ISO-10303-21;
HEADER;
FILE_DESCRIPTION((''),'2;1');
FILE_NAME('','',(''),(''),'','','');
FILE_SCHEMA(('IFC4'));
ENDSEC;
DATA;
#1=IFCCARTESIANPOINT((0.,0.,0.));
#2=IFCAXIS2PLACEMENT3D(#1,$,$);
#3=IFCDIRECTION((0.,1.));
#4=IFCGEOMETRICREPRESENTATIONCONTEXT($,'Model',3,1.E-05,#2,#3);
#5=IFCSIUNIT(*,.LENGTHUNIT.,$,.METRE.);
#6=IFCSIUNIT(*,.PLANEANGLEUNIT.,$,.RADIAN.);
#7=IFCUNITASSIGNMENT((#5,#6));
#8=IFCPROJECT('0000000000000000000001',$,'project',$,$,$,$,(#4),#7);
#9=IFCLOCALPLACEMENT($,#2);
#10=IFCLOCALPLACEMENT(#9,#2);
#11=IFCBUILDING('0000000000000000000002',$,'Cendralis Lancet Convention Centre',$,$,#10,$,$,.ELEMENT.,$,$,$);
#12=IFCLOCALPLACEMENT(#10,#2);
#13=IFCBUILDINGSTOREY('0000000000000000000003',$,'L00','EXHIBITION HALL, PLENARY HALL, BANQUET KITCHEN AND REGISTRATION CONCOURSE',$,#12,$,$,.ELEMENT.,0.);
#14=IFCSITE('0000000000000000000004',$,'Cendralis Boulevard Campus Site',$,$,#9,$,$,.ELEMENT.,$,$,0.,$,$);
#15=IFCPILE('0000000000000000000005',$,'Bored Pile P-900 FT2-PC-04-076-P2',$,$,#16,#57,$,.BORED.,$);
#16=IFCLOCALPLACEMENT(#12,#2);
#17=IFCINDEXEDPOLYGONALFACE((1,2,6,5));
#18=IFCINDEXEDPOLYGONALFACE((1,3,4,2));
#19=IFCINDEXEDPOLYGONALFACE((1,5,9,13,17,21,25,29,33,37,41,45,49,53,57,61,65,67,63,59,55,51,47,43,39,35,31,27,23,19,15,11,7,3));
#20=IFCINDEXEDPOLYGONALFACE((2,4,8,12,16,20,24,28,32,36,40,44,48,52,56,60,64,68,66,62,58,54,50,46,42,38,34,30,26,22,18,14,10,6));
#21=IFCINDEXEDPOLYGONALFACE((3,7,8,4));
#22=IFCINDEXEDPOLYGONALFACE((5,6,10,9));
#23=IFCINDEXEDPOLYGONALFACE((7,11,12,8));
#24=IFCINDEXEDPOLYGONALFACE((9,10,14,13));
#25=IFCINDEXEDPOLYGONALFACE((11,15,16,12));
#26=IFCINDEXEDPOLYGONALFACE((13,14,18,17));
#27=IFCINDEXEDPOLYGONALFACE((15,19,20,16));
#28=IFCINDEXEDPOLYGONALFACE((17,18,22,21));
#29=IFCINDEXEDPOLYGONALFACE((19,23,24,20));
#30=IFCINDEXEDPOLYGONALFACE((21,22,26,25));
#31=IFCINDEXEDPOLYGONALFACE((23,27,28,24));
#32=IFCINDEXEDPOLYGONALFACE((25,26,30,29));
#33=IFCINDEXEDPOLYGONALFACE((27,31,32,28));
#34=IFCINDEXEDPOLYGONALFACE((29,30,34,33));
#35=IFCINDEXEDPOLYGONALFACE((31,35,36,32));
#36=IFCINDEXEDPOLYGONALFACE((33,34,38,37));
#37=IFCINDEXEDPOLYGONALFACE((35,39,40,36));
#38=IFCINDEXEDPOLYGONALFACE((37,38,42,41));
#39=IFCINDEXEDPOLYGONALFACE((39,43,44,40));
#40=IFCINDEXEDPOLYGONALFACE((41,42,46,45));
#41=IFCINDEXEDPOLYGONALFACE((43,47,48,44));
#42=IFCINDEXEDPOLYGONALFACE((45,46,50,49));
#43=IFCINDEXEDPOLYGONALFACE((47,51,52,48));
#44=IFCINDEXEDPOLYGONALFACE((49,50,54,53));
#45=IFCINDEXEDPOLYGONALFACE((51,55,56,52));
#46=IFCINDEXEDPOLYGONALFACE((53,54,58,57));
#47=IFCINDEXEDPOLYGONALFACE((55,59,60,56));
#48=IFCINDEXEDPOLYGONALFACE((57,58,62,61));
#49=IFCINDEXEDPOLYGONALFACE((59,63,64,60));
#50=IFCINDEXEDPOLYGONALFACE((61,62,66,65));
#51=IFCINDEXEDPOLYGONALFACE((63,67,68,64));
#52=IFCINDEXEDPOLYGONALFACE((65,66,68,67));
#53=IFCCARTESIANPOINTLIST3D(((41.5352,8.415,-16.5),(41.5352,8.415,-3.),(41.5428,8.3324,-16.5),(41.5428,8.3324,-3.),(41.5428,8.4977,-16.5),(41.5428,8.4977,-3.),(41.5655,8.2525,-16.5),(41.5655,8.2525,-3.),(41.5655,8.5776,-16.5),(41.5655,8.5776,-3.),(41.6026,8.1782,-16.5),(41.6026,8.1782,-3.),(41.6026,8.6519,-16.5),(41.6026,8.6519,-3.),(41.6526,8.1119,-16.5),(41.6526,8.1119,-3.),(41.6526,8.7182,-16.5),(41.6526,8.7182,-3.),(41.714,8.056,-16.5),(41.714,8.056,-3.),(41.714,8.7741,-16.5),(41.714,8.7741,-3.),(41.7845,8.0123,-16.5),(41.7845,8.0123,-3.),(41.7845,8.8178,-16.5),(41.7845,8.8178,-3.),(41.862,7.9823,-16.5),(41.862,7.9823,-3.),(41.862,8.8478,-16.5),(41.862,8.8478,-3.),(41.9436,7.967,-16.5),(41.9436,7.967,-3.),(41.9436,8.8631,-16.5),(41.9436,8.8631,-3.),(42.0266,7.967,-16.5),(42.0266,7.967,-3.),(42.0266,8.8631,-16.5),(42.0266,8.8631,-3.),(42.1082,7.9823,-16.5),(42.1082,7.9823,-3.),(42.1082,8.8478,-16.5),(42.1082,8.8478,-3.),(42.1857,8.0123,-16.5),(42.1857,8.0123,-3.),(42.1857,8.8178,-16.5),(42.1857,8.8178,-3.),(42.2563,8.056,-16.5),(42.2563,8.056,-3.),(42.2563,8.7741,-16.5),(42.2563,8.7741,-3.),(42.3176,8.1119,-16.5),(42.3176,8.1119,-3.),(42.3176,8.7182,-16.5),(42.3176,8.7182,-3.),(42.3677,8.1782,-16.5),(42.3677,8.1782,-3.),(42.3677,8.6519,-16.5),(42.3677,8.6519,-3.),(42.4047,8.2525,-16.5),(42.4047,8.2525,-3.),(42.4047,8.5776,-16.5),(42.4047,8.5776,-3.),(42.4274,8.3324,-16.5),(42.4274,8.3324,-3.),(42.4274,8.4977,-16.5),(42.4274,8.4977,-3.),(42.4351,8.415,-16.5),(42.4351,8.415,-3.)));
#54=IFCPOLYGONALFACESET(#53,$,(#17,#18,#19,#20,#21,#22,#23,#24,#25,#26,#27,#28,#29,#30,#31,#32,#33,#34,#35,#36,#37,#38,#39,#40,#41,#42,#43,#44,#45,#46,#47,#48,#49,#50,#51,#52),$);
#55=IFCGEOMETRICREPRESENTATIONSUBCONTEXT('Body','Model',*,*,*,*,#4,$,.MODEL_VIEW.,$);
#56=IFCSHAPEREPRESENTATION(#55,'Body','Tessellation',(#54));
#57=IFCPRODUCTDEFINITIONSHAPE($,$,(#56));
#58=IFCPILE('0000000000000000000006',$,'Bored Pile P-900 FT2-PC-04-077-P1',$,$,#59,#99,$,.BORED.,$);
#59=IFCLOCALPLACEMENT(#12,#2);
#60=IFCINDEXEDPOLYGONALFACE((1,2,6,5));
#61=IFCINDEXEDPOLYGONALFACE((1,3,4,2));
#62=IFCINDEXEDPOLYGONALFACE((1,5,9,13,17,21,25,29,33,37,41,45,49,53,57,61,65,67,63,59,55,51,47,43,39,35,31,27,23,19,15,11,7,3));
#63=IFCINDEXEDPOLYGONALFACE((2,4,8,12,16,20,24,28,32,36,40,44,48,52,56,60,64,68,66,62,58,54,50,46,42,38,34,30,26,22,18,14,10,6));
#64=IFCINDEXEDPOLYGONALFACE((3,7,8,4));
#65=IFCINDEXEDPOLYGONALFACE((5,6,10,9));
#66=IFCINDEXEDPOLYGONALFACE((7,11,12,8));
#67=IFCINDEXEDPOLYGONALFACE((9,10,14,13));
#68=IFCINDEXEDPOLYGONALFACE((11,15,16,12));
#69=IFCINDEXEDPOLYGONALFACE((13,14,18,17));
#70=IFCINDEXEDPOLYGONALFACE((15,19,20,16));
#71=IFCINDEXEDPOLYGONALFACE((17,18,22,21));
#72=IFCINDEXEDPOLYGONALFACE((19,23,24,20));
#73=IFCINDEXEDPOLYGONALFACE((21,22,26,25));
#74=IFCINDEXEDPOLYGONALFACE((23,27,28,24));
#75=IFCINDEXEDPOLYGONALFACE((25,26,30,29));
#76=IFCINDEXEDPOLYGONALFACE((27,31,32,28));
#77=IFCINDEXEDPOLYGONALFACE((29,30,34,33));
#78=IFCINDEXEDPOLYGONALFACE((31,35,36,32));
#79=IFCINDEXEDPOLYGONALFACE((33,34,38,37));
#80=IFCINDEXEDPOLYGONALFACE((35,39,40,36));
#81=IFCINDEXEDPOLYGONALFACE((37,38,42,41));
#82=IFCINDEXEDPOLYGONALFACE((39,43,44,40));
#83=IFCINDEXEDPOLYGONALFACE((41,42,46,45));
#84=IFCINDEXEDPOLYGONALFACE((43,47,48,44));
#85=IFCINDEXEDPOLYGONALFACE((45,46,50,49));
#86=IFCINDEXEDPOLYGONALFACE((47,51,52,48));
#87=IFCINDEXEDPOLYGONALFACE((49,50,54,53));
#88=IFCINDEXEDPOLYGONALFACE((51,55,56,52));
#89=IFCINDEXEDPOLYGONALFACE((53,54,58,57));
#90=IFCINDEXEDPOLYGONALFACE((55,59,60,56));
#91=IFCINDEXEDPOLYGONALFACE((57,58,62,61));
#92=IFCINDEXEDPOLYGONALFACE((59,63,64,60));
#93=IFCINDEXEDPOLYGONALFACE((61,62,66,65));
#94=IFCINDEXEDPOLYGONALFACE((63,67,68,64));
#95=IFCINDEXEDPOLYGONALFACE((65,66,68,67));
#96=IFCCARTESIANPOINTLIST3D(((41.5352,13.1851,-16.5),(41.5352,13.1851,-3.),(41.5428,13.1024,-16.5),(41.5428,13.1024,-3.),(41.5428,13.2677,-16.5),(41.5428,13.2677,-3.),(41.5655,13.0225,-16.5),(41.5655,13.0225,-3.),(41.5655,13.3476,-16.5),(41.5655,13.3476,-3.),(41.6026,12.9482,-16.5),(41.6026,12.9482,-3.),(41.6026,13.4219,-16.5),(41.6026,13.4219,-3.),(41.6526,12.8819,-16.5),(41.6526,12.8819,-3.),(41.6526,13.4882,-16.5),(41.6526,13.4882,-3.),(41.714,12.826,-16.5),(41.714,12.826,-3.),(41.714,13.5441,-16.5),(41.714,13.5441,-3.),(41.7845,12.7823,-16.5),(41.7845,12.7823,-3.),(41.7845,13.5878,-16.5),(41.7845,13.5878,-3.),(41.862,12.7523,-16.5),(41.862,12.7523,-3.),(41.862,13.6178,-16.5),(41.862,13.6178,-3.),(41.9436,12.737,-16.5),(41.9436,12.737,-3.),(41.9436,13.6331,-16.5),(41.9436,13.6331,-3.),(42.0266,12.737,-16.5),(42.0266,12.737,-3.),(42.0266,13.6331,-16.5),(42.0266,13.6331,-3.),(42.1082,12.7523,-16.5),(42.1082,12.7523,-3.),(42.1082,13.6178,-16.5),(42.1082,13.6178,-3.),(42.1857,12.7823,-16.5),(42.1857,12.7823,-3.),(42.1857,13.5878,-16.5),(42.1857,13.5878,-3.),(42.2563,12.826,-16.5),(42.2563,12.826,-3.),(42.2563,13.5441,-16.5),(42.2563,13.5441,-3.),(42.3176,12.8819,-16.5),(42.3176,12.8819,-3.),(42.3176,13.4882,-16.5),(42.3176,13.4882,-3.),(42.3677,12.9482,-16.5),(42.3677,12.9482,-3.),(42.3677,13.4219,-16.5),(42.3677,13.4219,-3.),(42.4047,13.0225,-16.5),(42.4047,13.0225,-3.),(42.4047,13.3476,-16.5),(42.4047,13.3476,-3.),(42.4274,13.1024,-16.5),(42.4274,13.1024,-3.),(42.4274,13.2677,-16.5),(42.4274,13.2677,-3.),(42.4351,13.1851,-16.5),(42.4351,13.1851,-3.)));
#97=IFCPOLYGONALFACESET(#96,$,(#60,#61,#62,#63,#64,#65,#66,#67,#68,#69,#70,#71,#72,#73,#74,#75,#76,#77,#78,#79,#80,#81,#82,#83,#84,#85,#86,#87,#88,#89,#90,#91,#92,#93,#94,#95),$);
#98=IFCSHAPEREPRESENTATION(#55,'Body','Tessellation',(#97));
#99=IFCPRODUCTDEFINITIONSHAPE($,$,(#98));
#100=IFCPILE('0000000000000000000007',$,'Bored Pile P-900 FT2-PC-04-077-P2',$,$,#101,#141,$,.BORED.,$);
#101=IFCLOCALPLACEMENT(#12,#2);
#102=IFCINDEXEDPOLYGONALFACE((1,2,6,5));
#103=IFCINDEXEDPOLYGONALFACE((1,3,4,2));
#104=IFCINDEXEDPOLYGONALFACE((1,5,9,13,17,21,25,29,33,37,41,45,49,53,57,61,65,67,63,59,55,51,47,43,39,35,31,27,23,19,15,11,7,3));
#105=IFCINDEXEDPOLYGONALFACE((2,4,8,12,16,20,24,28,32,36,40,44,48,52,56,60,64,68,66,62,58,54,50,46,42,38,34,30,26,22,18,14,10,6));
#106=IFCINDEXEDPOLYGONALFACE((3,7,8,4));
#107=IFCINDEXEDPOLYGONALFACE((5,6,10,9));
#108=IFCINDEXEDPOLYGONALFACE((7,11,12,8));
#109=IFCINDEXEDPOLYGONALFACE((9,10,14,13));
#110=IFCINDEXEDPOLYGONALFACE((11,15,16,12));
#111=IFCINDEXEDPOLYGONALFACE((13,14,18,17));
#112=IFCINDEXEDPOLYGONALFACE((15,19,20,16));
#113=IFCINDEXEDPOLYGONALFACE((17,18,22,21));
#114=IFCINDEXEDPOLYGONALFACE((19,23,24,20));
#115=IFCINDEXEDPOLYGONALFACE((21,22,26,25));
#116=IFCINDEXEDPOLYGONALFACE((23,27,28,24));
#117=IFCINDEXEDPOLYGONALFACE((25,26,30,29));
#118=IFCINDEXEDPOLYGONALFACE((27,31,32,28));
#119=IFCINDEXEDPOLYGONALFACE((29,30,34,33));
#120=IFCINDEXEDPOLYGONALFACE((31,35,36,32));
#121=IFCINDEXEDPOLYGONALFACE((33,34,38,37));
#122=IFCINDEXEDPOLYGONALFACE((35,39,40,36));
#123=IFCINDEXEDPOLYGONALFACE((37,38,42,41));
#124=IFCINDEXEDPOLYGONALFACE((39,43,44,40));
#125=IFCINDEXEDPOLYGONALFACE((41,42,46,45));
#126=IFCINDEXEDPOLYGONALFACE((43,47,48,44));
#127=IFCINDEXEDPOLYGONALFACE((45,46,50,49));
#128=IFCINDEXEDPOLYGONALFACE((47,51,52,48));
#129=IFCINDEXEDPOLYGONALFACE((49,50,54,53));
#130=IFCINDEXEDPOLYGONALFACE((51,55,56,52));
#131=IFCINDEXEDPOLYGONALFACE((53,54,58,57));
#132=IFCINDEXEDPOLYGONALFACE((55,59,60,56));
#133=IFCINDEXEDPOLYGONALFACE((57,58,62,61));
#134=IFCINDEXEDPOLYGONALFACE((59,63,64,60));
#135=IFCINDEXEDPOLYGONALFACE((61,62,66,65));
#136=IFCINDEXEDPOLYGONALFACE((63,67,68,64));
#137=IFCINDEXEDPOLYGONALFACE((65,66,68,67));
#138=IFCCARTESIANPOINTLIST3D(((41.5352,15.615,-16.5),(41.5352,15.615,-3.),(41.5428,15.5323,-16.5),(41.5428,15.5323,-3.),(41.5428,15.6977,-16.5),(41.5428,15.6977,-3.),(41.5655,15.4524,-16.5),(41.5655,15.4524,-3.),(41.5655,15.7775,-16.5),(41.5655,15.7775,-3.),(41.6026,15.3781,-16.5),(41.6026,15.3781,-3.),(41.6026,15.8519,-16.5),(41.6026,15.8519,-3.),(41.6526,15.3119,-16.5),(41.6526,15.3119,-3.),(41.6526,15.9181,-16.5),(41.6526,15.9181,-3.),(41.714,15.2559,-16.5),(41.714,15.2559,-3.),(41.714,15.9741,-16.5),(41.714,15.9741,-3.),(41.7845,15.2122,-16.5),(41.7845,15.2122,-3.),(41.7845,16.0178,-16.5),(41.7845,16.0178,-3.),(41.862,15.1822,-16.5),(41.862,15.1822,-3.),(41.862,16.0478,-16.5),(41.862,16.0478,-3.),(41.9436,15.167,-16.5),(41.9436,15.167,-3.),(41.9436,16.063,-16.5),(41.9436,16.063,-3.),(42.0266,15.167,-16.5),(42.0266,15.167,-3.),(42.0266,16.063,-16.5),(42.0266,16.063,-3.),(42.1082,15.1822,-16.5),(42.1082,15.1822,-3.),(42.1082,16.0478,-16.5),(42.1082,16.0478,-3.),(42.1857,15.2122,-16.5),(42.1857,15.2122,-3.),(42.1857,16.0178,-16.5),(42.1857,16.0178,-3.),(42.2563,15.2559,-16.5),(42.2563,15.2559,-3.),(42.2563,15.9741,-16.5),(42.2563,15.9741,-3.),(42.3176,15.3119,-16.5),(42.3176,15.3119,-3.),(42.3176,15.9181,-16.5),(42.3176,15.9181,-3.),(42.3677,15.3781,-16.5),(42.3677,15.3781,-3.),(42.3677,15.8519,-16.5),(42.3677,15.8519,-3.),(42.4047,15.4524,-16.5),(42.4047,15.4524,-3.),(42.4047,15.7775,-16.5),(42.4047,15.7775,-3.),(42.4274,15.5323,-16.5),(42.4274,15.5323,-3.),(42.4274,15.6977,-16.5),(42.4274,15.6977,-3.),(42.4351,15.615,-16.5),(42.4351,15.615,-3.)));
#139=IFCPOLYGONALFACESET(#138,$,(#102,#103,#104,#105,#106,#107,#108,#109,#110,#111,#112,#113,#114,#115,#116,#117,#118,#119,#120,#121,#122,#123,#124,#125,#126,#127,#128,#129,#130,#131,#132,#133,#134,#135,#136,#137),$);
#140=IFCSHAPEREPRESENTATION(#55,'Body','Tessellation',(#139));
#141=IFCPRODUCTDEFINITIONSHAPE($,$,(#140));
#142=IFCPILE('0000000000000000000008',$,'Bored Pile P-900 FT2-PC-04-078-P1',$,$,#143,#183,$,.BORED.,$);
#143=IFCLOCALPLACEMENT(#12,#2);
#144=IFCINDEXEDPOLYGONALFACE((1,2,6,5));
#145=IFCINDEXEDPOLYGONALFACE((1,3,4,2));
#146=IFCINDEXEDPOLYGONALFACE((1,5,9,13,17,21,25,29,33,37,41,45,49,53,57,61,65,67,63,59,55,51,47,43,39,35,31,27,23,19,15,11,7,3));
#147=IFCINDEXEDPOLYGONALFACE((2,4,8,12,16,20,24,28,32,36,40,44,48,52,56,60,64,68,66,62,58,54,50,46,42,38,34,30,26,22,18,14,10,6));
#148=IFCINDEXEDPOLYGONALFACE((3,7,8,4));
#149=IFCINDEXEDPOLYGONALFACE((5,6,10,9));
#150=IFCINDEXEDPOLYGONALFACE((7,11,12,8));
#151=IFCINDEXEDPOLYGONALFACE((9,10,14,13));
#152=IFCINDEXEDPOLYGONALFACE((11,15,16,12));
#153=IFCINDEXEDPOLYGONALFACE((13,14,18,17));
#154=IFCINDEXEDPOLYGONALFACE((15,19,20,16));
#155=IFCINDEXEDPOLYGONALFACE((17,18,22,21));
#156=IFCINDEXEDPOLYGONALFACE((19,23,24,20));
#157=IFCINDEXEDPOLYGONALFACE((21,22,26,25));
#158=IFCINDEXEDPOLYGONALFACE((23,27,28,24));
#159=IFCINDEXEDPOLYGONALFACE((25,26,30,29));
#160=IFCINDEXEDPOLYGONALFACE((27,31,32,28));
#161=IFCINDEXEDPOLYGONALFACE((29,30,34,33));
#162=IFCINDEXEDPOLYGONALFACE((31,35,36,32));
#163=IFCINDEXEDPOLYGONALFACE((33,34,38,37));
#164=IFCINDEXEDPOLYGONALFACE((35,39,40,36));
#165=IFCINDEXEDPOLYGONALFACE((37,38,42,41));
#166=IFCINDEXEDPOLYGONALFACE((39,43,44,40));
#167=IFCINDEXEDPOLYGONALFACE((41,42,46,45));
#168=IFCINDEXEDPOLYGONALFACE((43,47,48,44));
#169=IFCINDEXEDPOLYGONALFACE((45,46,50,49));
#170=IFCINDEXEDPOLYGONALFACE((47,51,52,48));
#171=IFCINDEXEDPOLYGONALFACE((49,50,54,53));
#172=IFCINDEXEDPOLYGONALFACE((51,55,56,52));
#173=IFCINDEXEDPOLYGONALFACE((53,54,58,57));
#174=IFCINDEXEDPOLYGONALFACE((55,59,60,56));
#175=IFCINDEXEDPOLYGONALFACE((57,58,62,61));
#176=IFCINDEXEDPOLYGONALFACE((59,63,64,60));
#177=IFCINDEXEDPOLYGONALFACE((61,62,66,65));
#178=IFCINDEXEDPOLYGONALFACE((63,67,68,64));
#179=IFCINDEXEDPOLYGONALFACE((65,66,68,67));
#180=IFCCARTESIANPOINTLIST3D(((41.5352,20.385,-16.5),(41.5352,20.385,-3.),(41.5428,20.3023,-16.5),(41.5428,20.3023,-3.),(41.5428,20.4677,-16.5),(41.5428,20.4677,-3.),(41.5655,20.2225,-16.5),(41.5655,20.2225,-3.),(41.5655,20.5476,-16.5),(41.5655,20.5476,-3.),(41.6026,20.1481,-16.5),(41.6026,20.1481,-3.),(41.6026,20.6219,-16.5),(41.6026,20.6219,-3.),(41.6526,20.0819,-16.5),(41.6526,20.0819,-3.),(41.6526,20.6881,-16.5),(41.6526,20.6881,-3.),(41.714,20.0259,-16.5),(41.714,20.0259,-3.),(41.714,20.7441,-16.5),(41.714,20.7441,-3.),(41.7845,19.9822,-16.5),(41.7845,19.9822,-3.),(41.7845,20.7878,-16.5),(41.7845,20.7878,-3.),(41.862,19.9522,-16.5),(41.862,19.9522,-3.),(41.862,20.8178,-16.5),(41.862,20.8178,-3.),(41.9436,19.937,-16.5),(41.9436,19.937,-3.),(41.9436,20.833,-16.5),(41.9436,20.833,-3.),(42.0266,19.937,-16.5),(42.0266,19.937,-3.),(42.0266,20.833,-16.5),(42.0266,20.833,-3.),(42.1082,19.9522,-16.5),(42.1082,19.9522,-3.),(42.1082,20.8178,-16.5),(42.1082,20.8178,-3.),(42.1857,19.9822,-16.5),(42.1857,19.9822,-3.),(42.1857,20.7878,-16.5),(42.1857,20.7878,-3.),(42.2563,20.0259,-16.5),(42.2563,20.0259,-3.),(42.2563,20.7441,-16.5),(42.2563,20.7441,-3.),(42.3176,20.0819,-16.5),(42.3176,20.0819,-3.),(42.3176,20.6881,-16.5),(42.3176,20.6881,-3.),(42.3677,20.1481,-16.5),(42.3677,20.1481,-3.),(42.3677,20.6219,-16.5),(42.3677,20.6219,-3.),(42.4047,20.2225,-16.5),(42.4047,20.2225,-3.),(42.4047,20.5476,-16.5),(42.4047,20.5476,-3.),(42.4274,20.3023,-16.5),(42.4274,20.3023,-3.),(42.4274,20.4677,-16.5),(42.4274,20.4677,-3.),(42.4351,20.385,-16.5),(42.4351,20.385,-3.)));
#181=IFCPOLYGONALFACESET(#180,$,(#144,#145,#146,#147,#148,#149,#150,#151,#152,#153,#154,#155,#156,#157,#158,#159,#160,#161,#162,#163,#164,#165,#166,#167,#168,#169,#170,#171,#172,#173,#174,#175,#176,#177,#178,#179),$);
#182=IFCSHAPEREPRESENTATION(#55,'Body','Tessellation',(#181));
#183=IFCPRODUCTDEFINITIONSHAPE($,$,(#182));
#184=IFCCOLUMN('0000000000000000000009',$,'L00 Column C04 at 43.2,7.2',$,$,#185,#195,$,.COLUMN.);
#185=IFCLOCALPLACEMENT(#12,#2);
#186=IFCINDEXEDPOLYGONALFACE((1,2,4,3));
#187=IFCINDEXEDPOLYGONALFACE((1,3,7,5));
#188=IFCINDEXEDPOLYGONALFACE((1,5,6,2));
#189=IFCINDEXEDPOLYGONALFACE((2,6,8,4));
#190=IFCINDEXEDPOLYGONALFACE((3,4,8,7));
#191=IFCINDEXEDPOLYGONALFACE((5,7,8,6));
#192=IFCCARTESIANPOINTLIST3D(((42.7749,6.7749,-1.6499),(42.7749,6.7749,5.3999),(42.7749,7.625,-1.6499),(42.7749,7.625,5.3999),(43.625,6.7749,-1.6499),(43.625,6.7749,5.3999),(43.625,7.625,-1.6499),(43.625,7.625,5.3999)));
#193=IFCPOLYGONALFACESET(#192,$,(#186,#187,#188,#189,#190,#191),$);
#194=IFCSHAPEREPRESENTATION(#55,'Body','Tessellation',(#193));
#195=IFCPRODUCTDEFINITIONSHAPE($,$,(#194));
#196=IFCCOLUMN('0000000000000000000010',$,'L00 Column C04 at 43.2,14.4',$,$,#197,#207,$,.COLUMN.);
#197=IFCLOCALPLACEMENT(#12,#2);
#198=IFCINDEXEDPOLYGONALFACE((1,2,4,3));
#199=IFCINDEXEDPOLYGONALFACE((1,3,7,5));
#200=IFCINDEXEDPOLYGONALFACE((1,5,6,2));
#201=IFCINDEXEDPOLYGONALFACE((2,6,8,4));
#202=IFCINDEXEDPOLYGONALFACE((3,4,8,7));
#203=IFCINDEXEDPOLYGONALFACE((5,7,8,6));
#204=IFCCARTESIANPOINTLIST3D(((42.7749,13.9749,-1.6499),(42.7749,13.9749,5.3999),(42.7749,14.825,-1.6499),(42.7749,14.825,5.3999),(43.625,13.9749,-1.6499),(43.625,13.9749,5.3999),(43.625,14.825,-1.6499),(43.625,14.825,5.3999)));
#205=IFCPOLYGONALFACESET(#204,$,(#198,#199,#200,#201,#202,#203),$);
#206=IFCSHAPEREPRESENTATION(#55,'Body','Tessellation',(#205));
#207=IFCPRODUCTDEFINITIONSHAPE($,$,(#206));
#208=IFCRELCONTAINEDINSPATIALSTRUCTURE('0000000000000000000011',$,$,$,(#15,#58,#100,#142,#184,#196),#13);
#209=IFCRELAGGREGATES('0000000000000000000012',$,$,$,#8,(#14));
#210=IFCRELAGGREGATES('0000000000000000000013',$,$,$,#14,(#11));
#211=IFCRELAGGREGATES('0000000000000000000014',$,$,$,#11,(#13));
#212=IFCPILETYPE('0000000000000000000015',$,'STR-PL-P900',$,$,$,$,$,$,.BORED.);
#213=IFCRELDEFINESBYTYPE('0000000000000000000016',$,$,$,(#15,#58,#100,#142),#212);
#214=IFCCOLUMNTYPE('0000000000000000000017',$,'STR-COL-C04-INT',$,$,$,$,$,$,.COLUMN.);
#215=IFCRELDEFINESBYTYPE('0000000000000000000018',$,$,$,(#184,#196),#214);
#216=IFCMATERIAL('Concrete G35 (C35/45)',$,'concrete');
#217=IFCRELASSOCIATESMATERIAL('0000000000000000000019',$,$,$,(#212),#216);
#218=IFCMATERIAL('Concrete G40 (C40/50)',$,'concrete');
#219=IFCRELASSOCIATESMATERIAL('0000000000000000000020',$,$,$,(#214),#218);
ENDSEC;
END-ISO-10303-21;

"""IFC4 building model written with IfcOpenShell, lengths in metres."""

from ifc_helpers import new_model, si_unit, direction, frame, origin, origin_2d, place, context, subcontext, project, spatial, rectangle, circle, extrude, material, material_profile, profile_set, type_object, element, save


model = new_model("IFC4")

# Units and contexts
model_context = context("Model", 3, precision=1e-05, world=origin(), true_north=direction((0.0, 1.0)))
body_context = subcontext(model_context, "Body", "Model", "MODEL_VIEW")
ifc_project = project(units=[si_unit("LENGTHUNIT", "METRE"), si_unit("PLANEANGLEUNIT", "RADIAN")], contexts=[model_context])

# Site, building, storey
site_placement = place(None, origin())
site = spatial("IfcSite", under=ifc_project, at=site_placement, Name="Cendralis Boulevard Campus Site", CompositionType="ELEMENT", RefElevation=0.0)
building_placement = place(site_placement, origin())
building = spatial("IfcBuilding", under=site, at=building_placement, Name="Cendralis Lancet Convention Centre", CompositionType="ELEMENT")
storey_placement = place(building_placement, origin())
storey = spatial("IfcBuildingStorey", under=building, at=storey_placement, Name="L00", Description="EXHIBITION HALL, PLENARY HALL, BANQUET KITCHEN AND REGISTRATION CONCOURSE", CompositionType="ELEMENT", Elevation=0.0)

# Shared definitions
ifc_material_1 = material(Name="Concrete G35 (C35/45)", Category="concrete")

# Piles
ifc_material_profile_1 = material_profile(ifc_material_1, circle(Radius=0.45, at=origin_2d()), Name="BORED PILE D900")
ifc_profile_set_1 = profile_set([ifc_material_profile_1], Name="Concrete G35 (C35/45)")
pile_type = type_object("IfcPileType", Name="STR-PL-P900", PredefinedType="BORED", material=ifc_profile_set_1)
for number, where, z_axis, x_axis, name in (
    (1, (41.9851, 8.415, -3.0), (0.0, 0.0, -1.0), (1.0, 0.0, 0.0), "Bored Pile P-900 FT2-PC-04-076-P2"),
    (2, (41.9851, 13.1851, -3.0), (0.0, 0.0, -1.0), (1.0, 0.0, 0.0), "Bored Pile P-900 FT2-PC-04-077-P1"),
    (3, (41.9851, 15.615, -3.0), (0.0, 0.0, -1.0), (1.0, 0.0, 0.0), "Bored Pile P-900 FT2-PC-04-077-P2"),
    (4, (41.9851, 20.385, -3.0), (0.0, 0.0, -1.0), (1.0, 0.0, 0.0), "Bored Pile P-900 FT2-PC-04-078-P1"),
):
    element("IfcPile", number, at=place(storey_placement, frame(where, z_axis=z_axis, x_axis=x_axis)), inside=storey, type_object=pile_type, Name=name, PredefinedType="BORED", context=body_context, shape_type="SweptSolid", body=[
        extrude(circle(Radius=0.45, at=origin_2d()), origin(), (0.0, 0.0, 1.0), 13.5),
    ])

# Columns
ifc_material_2 = material(Name="Concrete G40 (C40/50)", Category="concrete")
ifc_material_profile_2 = material_profile(ifc_material_2, rectangle(XDim=0.8501, YDim=0.8501, at=origin_2d()), Name="RC 850x850")
ifc_profile_set_2 = profile_set([ifc_material_profile_2], Name="Concrete G40 (C40/50)")
column_type = type_object("IfcColumnType", Name="STR-COL-C04-INT", PredefinedType="COLUMN", material=ifc_profile_set_2)
for number, where, z_axis, x_axis, name in (
    (5, (43.2, 7.2, -1.6499), (0.0, 0.0, 1.0), (1.0, 0.0, 0.0), "L00 Column C04 at 43.2,7.2"),
    (6, (43.2, 14.3999, -1.6499), (0.0, 0.0, 1.0), (1.0, 0.0, 0.0), "L00 Column C04 at 43.2,14.4"),
):
    element("IfcColumn", number, at=place(storey_placement, frame(where, z_axis=z_axis, x_axis=x_axis)), inside=storey, type_object=column_type, Name=name, PredefinedType="COLUMN", context=body_context, shape_type="SweptSolid", body=[
        extrude(rectangle(XDim=0.8501, YDim=0.8501, at=origin_2d()), origin(), (0.0, 0.0, 1.0), 7.0498),
    ])

save(model, "model.ifc")
